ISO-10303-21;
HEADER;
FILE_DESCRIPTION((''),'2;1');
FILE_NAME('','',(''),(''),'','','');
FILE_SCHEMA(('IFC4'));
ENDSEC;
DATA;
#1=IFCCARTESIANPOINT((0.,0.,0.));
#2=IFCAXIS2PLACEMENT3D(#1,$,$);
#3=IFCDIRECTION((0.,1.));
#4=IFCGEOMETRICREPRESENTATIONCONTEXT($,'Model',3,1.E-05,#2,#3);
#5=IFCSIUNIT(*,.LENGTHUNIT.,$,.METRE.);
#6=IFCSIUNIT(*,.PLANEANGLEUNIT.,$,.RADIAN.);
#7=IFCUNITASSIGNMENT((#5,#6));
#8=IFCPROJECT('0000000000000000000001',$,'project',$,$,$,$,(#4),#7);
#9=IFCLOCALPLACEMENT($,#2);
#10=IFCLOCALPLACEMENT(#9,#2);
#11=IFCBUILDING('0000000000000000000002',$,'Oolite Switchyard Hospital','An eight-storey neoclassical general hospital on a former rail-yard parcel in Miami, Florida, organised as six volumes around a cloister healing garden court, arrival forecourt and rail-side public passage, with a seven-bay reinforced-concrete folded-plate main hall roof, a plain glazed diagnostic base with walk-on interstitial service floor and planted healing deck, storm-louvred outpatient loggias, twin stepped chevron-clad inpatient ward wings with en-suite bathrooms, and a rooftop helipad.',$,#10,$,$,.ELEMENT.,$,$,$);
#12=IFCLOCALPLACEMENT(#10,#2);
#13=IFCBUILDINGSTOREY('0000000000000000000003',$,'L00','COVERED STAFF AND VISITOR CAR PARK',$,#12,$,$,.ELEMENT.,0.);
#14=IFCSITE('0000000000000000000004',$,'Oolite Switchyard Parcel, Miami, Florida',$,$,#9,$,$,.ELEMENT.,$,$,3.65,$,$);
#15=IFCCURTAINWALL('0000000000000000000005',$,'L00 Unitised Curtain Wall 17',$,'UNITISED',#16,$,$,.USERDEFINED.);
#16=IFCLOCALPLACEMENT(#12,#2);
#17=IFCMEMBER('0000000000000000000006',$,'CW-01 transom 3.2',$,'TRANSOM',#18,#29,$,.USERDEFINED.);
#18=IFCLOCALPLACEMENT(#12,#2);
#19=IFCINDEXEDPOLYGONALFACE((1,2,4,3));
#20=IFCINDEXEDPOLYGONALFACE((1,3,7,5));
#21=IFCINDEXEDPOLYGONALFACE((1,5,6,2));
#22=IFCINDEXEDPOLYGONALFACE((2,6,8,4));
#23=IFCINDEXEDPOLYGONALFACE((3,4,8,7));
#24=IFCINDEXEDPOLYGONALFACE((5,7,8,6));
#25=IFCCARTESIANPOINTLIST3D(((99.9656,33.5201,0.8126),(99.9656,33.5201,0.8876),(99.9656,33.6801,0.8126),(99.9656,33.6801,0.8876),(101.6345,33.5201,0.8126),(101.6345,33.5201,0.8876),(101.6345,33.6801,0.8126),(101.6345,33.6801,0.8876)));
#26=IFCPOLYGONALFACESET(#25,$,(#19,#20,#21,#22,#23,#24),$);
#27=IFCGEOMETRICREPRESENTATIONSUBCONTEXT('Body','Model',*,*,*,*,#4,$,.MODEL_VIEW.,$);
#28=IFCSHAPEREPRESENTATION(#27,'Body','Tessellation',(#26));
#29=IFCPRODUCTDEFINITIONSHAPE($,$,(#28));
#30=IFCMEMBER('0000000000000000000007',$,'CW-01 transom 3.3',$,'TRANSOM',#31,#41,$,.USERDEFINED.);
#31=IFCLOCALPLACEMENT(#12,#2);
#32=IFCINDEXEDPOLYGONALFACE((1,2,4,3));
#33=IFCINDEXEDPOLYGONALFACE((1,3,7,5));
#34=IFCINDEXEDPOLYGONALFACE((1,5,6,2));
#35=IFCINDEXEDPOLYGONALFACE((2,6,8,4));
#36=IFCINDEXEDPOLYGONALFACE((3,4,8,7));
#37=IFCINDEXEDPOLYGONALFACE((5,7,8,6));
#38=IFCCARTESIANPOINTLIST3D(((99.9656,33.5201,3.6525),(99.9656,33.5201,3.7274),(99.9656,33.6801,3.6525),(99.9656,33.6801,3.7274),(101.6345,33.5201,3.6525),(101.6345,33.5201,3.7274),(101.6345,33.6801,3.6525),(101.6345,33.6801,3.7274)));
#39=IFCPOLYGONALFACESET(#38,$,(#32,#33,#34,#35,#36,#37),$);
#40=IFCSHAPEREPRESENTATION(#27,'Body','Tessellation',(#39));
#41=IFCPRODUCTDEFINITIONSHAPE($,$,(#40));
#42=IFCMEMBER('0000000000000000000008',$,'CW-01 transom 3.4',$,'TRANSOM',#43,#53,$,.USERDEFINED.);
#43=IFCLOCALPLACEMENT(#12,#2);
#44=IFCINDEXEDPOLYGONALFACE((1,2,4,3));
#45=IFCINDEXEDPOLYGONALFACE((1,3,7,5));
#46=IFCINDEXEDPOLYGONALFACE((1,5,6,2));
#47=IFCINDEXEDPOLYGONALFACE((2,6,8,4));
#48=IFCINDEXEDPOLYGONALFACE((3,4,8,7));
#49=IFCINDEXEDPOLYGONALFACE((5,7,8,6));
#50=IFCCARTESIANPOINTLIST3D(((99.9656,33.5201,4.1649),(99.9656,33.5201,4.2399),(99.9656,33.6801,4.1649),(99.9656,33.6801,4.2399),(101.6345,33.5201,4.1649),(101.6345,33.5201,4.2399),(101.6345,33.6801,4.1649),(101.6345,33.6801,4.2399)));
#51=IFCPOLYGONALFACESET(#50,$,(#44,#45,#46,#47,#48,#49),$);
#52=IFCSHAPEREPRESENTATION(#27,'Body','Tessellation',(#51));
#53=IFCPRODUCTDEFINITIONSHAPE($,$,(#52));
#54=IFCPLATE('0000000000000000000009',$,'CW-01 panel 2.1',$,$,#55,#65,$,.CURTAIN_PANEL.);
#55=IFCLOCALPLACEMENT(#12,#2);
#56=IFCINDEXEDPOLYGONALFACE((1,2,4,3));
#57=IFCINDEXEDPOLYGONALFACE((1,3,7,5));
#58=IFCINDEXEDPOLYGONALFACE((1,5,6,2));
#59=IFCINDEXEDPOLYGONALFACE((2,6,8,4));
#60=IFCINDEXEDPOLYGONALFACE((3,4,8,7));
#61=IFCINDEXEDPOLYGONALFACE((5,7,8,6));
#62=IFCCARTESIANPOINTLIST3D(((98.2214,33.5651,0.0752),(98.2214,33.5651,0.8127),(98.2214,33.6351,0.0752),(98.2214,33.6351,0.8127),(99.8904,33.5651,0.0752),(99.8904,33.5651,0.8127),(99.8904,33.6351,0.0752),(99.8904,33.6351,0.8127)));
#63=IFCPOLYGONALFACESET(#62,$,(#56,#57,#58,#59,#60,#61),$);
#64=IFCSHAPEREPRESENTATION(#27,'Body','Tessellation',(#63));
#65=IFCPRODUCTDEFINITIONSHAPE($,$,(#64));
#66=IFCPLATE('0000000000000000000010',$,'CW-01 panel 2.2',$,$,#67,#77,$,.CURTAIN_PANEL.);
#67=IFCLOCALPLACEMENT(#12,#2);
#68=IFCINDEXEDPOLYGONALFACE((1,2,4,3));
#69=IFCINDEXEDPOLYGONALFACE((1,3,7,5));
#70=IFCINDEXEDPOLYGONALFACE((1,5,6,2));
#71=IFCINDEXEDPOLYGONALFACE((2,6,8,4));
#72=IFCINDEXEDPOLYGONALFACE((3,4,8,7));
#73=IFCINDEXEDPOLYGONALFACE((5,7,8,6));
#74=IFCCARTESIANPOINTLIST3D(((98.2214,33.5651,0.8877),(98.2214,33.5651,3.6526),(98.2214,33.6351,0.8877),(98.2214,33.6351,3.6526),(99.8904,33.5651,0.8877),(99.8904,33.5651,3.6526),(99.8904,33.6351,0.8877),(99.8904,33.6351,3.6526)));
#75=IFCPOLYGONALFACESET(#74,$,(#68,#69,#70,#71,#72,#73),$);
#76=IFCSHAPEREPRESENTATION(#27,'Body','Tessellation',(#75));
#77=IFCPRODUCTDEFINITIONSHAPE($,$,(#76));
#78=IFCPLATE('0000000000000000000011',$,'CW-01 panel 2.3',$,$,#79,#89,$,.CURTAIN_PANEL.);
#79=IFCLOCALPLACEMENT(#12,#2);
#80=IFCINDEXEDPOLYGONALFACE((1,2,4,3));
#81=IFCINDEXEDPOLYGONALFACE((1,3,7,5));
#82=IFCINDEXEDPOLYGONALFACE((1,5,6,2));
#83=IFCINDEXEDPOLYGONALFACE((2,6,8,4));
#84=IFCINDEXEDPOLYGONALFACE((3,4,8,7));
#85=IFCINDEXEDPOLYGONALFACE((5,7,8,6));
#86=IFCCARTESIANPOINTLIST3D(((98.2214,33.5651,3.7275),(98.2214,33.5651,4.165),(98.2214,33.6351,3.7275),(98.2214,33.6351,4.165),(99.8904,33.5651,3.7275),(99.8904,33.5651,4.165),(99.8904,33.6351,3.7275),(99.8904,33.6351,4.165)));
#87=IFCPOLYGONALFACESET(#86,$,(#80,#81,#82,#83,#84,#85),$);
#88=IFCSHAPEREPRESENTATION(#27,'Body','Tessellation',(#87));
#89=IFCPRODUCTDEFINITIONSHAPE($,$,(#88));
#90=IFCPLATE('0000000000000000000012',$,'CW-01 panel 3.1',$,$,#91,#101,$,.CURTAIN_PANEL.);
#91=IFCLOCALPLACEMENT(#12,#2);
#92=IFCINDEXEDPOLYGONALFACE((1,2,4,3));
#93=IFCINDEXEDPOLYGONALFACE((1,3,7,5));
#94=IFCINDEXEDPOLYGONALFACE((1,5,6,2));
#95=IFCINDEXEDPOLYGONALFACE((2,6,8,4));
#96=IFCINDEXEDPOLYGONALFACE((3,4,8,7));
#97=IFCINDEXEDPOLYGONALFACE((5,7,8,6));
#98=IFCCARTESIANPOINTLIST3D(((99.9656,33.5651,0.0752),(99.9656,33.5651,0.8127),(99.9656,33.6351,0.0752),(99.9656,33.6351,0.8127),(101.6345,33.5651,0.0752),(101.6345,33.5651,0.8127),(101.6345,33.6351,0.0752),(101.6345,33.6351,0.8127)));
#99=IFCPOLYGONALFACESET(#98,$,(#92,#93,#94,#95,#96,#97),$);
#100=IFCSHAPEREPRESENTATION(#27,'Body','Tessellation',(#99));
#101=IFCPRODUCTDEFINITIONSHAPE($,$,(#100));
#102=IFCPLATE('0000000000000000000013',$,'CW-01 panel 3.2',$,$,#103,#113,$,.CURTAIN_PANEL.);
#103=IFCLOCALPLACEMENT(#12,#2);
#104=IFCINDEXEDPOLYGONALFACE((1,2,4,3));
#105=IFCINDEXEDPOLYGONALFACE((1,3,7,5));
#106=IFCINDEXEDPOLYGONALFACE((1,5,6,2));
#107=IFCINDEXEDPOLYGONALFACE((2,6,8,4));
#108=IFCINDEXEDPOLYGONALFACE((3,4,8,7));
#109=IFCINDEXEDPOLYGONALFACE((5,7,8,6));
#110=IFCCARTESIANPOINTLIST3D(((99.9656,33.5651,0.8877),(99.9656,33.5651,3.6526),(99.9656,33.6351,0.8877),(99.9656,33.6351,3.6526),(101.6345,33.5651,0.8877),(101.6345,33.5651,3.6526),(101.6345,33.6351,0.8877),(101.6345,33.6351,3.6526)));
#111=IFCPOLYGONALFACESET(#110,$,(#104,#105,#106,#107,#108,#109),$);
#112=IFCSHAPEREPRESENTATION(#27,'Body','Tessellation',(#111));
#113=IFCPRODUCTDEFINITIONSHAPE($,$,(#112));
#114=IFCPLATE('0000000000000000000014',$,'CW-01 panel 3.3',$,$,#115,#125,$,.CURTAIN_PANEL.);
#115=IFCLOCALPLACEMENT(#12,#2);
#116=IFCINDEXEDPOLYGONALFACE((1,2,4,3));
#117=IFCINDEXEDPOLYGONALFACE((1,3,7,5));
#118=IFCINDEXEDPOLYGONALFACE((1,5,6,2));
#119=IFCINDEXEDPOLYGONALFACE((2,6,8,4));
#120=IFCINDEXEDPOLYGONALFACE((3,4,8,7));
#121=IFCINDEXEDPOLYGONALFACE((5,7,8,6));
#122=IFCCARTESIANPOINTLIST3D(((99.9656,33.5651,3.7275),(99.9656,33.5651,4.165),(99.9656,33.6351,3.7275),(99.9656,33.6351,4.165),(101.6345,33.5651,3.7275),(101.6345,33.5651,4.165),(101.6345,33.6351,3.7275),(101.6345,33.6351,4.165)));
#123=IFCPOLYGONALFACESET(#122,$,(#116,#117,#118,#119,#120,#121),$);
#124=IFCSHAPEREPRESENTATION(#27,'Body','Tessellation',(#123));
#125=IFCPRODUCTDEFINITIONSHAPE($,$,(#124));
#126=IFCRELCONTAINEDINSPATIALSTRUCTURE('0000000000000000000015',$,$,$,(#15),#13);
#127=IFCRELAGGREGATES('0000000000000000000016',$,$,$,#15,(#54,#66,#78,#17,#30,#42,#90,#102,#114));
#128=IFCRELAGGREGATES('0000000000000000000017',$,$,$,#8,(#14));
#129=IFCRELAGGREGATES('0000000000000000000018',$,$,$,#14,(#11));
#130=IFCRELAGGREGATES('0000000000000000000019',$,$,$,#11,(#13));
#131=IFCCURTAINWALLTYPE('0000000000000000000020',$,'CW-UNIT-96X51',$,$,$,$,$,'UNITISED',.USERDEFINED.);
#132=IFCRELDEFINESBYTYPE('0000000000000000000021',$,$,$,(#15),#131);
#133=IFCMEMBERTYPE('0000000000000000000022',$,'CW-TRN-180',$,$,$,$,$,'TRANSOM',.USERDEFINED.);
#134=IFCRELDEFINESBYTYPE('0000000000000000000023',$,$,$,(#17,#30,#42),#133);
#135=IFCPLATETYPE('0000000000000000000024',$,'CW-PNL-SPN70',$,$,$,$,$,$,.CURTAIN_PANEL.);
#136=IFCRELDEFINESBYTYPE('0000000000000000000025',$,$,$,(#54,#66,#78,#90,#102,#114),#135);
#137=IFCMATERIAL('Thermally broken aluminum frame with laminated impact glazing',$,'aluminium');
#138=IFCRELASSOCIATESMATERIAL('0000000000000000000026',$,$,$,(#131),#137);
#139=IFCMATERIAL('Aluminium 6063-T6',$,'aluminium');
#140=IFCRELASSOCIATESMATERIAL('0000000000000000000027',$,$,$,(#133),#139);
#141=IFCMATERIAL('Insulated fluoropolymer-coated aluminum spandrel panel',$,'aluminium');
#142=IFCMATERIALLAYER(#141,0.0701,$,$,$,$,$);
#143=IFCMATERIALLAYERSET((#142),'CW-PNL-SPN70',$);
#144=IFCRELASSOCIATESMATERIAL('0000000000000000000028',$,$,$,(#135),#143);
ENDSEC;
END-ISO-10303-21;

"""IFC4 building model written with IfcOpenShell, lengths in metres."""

from ifc_helpers import new_model, si_unit, direction, frame, origin, origin_2d, place, context, subcontext, project, spatial, rectangle, extrude, material, layer, layer_set, material_profile, profile_set, type_object, element, aggregate, save


model = new_model("IFC4")

# Units and contexts
model_context = context("Model", 3, precision=1e-05, world=origin(), true_north=direction((0.0, 1.0)))
body_context = subcontext(model_context, "Body", "Model", "MODEL_VIEW")
ifc_project = project(units=[si_unit("LENGTHUNIT", "METRE"), si_unit("PLANEANGLEUNIT", "RADIAN")], contexts=[model_context])

# Site, building, storey
site_placement = place(None, origin())
site = spatial("IfcSite", under=ifc_project, at=site_placement, Name="Oolite Switchyard Parcel, Miami, Florida", CompositionType="ELEMENT", RefElevation=3.65)
building_placement = place(site_placement, origin())
building = spatial("IfcBuilding", under=site, at=building_placement, Name="Oolite Switchyard Hospital", Description="An eight-storey neoclassical general hospital on a former rail-yard parcel in Miami, Florida, organised as six volumes around a cloister healing garden court, arrival forecourt and rail-side public passage, with a seven-bay reinforced-concrete folded-plate main hall roof, a plain glazed diagnostic base with walk-on interstitial service floor and planted healing deck, storm-louvred outpatient loggias, twin stepped chevron-clad inpatient ward wings with en-suite bathrooms, and a rooftop helipad.", CompositionType="ELEMENT")
storey_placement = place(building_placement, origin())
storey = spatial("IfcBuildingStorey", under=building, at=storey_placement, Name="L00", Description="COVERED STAFF AND VISITOR CAR PARK", CompositionType="ELEMENT", Elevation=0.0)

# Curtain wall, members, plates
ifc_material_1 = material(Name="Thermally broken aluminum frame with laminated impact glazing", Category="aluminium")
curtain_wall_type = type_object("IfcCurtainWallType", Name="CW-UNIT-96X51", ElementType="UNITISED", PredefinedType="USERDEFINED", material=ifc_material_1)
curtain_wall_placement = place(storey_placement, origin())
curtain_wall = element("IfcCurtainWall", 1, at=curtain_wall_placement, inside=storey, type_object=curtain_wall_type, Name="L00 Unitised Curtain Wall 17", ObjectType="UNITISED", PredefinedType="USERDEFINED")
ifc_material_2 = material(Name="Aluminium 6063-T6", Category="aluminium")
ifc_material_profile_1 = material_profile(ifc_material_2, rectangle(XDim=0.1599, YDim=0.075, at=origin_2d()), Name="CWT75X160")
ifc_profile_set_1 = profile_set([ifc_material_profile_1], Name="Aluminium 6063-T6")
member_type_1 = type_object("IfcMemberType", Name="CW-TRN-180", ElementType="TRANSOM", PredefinedType="USERDEFINED", material=ifc_profile_set_1)
member_1_placement = place(storey_placement, frame((99.9656, 33.6001, 0.8501), z_axis=(1.0, 0.0, 0.0), x_axis=(0.0, 1.0, 0.0)))
member_1 = element("IfcMember", 2, at=member_1_placement, type_object=member_type_1, Name="CW-01 transom 3.2", ObjectType="TRANSOM", PredefinedType="USERDEFINED", context=body_context, shape_type="SweptSolid", body=[
    extrude(rectangle(XDim=0.1599, YDim=0.075, at=origin_2d()), origin(), (0.0, 0.0, 1.0), 1.6689),
])
member_2_placement = place(storey_placement, frame((99.9656, 33.6001, 3.6899), z_axis=(1.0, 0.0, 0.0), x_axis=(0.0, 1.0, 0.0)))
member_2 = element("IfcMember", 3, at=member_2_placement, type_object=member_type_1, Name="CW-01 transom 3.3", ObjectType="TRANSOM", PredefinedType="USERDEFINED", context=body_context, shape_type="SweptSolid", body=[
    extrude(rectangle(XDim=0.1599, YDim=0.075, at=origin_2d()), origin(), (0.0, 0.0, 1.0), 1.6689),
])
member_3_placement = place(storey_placement, frame((99.9656, 33.6001, 4.2024), z_axis=(1.0, 0.0, 0.0), x_axis=(0.0, 1.0, 0.0)))
member_3 = element("IfcMember", 4, at=member_3_placement, type_object=member_type_1, Name="CW-01 transom 3.4", ObjectType="TRANSOM", PredefinedType="USERDEFINED", context=body_context, shape_type="SweptSolid", body=[
    extrude(rectangle(XDim=0.1599, YDim=0.075, at=origin_2d()), origin(), (0.0, 0.0, 1.0), 1.6689),
])
ifc_material_3 = material(Name="Insulated fluoropolymer-coated aluminum spandrel panel", Category="aluminium")
ifc_layer = layer(ifc_material_3, 0.0701)
ifc_layer_set = layer_set([ifc_layer], Name="CW-PNL-SPN70")
plate_type = type_object("IfcPlateType", Name="CW-PNL-SPN70", PredefinedType="CURTAIN_PANEL", material=ifc_layer_set)
plate_1_placement = place(storey_placement, frame((99.0559, 33.6001, 0.0752), z_axis=(0.0, 0.0, 1.0), x_axis=(1.0, 0.0, 0.0)))
plate_1 = element("IfcPlate", 5, at=plate_1_placement, type_object=plate_type, Name="CW-01 panel 2.1", PredefinedType="CURTAIN_PANEL", context=body_context, shape_type="SweptSolid", body=[
    extrude(rectangle(XDim=1.6689, YDim=0.0701, at=origin_2d()), origin(), (0.0, 0.0, 1.0), 0.7375),
])
plate_2_placement = place(storey_placement, frame((99.0559, 33.6001, 0.8877), z_axis=(0.0, 0.0, 1.0), x_axis=(1.0, 0.0, 0.0)))
plate_2 = element("IfcPlate", 6, at=plate_2_placement, type_object=plate_type, Name="CW-01 panel 2.2", PredefinedType="CURTAIN_PANEL", context=body_context, shape_type="SweptSolid", body=[
    extrude(rectangle(XDim=1.6689, YDim=0.0701, at=origin_2d()), origin(), (0.0, 0.0, 1.0), 2.7649),
])
plate_3_placement = place(storey_placement, frame((99.0559, 33.6001, 3.7275), z_axis=(0.0, 0.0, 1.0), x_axis=(1.0, 0.0, 0.0)))
plate_3 = element("IfcPlate", 7, at=plate_3_placement, type_object=plate_type, Name="CW-01 panel 2.3", PredefinedType="CURTAIN_PANEL", context=body_context, shape_type="SweptSolid", body=[
    extrude(rectangle(XDim=1.6689, YDim=0.0701, at=origin_2d()), origin(), (0.0, 0.0, 1.0), 0.4375),
])
plate_4_placement = place(storey_placement, frame((100.8, 33.6001, 0.0752), z_axis=(0.0, 0.0, 1.0), x_axis=(1.0, 0.0, 0.0)))
plate_4 = element("IfcPlate", 8, at=plate_4_placement, type_object=plate_type, Name="CW-01 panel 3.1", PredefinedType="CURTAIN_PANEL", context=body_context, shape_type="SweptSolid", body=[
    extrude(rectangle(XDim=1.6689, YDim=0.0701, at=origin_2d()), origin(), (0.0, 0.0, 1.0), 0.7375),
])
plate_5_placement = place(storey_placement, frame((100.8, 33.6001, 0.8877), z_axis=(0.0, 0.0, 1.0), x_axis=(1.0, 0.0, 0.0)))
plate_5 = element("IfcPlate", 9, at=plate_5_placement, type_object=plate_type, Name="CW-01 panel 3.2", PredefinedType="CURTAIN_PANEL", context=body_context, shape_type="SweptSolid", body=[
    extrude(rectangle(XDim=1.6689, YDim=0.0701, at=origin_2d()), origin(), (0.0, 0.0, 1.0), 2.7649),
])
plate_6_placement = place(storey_placement, frame((100.8, 33.6001, 3.7275), z_axis=(0.0, 0.0, 1.0), x_axis=(1.0, 0.0, 0.0)))
plate_6 = element("IfcPlate", 10, at=plate_6_placement, type_object=plate_type, Name="CW-01 panel 3.3", PredefinedType="CURTAIN_PANEL", context=body_context, shape_type="SweptSolid", body=[
    extrude(rectangle(XDim=1.6689, YDim=0.0701, at=origin_2d()), origin(), (0.0, 0.0, 1.0), 0.4375),
])
aggregate(curtain_wall, [plate_1, plate_2, plate_3, member_1, member_2, member_3, plate_4, plate_5, plate_6])

save(model, "model.ifc")
